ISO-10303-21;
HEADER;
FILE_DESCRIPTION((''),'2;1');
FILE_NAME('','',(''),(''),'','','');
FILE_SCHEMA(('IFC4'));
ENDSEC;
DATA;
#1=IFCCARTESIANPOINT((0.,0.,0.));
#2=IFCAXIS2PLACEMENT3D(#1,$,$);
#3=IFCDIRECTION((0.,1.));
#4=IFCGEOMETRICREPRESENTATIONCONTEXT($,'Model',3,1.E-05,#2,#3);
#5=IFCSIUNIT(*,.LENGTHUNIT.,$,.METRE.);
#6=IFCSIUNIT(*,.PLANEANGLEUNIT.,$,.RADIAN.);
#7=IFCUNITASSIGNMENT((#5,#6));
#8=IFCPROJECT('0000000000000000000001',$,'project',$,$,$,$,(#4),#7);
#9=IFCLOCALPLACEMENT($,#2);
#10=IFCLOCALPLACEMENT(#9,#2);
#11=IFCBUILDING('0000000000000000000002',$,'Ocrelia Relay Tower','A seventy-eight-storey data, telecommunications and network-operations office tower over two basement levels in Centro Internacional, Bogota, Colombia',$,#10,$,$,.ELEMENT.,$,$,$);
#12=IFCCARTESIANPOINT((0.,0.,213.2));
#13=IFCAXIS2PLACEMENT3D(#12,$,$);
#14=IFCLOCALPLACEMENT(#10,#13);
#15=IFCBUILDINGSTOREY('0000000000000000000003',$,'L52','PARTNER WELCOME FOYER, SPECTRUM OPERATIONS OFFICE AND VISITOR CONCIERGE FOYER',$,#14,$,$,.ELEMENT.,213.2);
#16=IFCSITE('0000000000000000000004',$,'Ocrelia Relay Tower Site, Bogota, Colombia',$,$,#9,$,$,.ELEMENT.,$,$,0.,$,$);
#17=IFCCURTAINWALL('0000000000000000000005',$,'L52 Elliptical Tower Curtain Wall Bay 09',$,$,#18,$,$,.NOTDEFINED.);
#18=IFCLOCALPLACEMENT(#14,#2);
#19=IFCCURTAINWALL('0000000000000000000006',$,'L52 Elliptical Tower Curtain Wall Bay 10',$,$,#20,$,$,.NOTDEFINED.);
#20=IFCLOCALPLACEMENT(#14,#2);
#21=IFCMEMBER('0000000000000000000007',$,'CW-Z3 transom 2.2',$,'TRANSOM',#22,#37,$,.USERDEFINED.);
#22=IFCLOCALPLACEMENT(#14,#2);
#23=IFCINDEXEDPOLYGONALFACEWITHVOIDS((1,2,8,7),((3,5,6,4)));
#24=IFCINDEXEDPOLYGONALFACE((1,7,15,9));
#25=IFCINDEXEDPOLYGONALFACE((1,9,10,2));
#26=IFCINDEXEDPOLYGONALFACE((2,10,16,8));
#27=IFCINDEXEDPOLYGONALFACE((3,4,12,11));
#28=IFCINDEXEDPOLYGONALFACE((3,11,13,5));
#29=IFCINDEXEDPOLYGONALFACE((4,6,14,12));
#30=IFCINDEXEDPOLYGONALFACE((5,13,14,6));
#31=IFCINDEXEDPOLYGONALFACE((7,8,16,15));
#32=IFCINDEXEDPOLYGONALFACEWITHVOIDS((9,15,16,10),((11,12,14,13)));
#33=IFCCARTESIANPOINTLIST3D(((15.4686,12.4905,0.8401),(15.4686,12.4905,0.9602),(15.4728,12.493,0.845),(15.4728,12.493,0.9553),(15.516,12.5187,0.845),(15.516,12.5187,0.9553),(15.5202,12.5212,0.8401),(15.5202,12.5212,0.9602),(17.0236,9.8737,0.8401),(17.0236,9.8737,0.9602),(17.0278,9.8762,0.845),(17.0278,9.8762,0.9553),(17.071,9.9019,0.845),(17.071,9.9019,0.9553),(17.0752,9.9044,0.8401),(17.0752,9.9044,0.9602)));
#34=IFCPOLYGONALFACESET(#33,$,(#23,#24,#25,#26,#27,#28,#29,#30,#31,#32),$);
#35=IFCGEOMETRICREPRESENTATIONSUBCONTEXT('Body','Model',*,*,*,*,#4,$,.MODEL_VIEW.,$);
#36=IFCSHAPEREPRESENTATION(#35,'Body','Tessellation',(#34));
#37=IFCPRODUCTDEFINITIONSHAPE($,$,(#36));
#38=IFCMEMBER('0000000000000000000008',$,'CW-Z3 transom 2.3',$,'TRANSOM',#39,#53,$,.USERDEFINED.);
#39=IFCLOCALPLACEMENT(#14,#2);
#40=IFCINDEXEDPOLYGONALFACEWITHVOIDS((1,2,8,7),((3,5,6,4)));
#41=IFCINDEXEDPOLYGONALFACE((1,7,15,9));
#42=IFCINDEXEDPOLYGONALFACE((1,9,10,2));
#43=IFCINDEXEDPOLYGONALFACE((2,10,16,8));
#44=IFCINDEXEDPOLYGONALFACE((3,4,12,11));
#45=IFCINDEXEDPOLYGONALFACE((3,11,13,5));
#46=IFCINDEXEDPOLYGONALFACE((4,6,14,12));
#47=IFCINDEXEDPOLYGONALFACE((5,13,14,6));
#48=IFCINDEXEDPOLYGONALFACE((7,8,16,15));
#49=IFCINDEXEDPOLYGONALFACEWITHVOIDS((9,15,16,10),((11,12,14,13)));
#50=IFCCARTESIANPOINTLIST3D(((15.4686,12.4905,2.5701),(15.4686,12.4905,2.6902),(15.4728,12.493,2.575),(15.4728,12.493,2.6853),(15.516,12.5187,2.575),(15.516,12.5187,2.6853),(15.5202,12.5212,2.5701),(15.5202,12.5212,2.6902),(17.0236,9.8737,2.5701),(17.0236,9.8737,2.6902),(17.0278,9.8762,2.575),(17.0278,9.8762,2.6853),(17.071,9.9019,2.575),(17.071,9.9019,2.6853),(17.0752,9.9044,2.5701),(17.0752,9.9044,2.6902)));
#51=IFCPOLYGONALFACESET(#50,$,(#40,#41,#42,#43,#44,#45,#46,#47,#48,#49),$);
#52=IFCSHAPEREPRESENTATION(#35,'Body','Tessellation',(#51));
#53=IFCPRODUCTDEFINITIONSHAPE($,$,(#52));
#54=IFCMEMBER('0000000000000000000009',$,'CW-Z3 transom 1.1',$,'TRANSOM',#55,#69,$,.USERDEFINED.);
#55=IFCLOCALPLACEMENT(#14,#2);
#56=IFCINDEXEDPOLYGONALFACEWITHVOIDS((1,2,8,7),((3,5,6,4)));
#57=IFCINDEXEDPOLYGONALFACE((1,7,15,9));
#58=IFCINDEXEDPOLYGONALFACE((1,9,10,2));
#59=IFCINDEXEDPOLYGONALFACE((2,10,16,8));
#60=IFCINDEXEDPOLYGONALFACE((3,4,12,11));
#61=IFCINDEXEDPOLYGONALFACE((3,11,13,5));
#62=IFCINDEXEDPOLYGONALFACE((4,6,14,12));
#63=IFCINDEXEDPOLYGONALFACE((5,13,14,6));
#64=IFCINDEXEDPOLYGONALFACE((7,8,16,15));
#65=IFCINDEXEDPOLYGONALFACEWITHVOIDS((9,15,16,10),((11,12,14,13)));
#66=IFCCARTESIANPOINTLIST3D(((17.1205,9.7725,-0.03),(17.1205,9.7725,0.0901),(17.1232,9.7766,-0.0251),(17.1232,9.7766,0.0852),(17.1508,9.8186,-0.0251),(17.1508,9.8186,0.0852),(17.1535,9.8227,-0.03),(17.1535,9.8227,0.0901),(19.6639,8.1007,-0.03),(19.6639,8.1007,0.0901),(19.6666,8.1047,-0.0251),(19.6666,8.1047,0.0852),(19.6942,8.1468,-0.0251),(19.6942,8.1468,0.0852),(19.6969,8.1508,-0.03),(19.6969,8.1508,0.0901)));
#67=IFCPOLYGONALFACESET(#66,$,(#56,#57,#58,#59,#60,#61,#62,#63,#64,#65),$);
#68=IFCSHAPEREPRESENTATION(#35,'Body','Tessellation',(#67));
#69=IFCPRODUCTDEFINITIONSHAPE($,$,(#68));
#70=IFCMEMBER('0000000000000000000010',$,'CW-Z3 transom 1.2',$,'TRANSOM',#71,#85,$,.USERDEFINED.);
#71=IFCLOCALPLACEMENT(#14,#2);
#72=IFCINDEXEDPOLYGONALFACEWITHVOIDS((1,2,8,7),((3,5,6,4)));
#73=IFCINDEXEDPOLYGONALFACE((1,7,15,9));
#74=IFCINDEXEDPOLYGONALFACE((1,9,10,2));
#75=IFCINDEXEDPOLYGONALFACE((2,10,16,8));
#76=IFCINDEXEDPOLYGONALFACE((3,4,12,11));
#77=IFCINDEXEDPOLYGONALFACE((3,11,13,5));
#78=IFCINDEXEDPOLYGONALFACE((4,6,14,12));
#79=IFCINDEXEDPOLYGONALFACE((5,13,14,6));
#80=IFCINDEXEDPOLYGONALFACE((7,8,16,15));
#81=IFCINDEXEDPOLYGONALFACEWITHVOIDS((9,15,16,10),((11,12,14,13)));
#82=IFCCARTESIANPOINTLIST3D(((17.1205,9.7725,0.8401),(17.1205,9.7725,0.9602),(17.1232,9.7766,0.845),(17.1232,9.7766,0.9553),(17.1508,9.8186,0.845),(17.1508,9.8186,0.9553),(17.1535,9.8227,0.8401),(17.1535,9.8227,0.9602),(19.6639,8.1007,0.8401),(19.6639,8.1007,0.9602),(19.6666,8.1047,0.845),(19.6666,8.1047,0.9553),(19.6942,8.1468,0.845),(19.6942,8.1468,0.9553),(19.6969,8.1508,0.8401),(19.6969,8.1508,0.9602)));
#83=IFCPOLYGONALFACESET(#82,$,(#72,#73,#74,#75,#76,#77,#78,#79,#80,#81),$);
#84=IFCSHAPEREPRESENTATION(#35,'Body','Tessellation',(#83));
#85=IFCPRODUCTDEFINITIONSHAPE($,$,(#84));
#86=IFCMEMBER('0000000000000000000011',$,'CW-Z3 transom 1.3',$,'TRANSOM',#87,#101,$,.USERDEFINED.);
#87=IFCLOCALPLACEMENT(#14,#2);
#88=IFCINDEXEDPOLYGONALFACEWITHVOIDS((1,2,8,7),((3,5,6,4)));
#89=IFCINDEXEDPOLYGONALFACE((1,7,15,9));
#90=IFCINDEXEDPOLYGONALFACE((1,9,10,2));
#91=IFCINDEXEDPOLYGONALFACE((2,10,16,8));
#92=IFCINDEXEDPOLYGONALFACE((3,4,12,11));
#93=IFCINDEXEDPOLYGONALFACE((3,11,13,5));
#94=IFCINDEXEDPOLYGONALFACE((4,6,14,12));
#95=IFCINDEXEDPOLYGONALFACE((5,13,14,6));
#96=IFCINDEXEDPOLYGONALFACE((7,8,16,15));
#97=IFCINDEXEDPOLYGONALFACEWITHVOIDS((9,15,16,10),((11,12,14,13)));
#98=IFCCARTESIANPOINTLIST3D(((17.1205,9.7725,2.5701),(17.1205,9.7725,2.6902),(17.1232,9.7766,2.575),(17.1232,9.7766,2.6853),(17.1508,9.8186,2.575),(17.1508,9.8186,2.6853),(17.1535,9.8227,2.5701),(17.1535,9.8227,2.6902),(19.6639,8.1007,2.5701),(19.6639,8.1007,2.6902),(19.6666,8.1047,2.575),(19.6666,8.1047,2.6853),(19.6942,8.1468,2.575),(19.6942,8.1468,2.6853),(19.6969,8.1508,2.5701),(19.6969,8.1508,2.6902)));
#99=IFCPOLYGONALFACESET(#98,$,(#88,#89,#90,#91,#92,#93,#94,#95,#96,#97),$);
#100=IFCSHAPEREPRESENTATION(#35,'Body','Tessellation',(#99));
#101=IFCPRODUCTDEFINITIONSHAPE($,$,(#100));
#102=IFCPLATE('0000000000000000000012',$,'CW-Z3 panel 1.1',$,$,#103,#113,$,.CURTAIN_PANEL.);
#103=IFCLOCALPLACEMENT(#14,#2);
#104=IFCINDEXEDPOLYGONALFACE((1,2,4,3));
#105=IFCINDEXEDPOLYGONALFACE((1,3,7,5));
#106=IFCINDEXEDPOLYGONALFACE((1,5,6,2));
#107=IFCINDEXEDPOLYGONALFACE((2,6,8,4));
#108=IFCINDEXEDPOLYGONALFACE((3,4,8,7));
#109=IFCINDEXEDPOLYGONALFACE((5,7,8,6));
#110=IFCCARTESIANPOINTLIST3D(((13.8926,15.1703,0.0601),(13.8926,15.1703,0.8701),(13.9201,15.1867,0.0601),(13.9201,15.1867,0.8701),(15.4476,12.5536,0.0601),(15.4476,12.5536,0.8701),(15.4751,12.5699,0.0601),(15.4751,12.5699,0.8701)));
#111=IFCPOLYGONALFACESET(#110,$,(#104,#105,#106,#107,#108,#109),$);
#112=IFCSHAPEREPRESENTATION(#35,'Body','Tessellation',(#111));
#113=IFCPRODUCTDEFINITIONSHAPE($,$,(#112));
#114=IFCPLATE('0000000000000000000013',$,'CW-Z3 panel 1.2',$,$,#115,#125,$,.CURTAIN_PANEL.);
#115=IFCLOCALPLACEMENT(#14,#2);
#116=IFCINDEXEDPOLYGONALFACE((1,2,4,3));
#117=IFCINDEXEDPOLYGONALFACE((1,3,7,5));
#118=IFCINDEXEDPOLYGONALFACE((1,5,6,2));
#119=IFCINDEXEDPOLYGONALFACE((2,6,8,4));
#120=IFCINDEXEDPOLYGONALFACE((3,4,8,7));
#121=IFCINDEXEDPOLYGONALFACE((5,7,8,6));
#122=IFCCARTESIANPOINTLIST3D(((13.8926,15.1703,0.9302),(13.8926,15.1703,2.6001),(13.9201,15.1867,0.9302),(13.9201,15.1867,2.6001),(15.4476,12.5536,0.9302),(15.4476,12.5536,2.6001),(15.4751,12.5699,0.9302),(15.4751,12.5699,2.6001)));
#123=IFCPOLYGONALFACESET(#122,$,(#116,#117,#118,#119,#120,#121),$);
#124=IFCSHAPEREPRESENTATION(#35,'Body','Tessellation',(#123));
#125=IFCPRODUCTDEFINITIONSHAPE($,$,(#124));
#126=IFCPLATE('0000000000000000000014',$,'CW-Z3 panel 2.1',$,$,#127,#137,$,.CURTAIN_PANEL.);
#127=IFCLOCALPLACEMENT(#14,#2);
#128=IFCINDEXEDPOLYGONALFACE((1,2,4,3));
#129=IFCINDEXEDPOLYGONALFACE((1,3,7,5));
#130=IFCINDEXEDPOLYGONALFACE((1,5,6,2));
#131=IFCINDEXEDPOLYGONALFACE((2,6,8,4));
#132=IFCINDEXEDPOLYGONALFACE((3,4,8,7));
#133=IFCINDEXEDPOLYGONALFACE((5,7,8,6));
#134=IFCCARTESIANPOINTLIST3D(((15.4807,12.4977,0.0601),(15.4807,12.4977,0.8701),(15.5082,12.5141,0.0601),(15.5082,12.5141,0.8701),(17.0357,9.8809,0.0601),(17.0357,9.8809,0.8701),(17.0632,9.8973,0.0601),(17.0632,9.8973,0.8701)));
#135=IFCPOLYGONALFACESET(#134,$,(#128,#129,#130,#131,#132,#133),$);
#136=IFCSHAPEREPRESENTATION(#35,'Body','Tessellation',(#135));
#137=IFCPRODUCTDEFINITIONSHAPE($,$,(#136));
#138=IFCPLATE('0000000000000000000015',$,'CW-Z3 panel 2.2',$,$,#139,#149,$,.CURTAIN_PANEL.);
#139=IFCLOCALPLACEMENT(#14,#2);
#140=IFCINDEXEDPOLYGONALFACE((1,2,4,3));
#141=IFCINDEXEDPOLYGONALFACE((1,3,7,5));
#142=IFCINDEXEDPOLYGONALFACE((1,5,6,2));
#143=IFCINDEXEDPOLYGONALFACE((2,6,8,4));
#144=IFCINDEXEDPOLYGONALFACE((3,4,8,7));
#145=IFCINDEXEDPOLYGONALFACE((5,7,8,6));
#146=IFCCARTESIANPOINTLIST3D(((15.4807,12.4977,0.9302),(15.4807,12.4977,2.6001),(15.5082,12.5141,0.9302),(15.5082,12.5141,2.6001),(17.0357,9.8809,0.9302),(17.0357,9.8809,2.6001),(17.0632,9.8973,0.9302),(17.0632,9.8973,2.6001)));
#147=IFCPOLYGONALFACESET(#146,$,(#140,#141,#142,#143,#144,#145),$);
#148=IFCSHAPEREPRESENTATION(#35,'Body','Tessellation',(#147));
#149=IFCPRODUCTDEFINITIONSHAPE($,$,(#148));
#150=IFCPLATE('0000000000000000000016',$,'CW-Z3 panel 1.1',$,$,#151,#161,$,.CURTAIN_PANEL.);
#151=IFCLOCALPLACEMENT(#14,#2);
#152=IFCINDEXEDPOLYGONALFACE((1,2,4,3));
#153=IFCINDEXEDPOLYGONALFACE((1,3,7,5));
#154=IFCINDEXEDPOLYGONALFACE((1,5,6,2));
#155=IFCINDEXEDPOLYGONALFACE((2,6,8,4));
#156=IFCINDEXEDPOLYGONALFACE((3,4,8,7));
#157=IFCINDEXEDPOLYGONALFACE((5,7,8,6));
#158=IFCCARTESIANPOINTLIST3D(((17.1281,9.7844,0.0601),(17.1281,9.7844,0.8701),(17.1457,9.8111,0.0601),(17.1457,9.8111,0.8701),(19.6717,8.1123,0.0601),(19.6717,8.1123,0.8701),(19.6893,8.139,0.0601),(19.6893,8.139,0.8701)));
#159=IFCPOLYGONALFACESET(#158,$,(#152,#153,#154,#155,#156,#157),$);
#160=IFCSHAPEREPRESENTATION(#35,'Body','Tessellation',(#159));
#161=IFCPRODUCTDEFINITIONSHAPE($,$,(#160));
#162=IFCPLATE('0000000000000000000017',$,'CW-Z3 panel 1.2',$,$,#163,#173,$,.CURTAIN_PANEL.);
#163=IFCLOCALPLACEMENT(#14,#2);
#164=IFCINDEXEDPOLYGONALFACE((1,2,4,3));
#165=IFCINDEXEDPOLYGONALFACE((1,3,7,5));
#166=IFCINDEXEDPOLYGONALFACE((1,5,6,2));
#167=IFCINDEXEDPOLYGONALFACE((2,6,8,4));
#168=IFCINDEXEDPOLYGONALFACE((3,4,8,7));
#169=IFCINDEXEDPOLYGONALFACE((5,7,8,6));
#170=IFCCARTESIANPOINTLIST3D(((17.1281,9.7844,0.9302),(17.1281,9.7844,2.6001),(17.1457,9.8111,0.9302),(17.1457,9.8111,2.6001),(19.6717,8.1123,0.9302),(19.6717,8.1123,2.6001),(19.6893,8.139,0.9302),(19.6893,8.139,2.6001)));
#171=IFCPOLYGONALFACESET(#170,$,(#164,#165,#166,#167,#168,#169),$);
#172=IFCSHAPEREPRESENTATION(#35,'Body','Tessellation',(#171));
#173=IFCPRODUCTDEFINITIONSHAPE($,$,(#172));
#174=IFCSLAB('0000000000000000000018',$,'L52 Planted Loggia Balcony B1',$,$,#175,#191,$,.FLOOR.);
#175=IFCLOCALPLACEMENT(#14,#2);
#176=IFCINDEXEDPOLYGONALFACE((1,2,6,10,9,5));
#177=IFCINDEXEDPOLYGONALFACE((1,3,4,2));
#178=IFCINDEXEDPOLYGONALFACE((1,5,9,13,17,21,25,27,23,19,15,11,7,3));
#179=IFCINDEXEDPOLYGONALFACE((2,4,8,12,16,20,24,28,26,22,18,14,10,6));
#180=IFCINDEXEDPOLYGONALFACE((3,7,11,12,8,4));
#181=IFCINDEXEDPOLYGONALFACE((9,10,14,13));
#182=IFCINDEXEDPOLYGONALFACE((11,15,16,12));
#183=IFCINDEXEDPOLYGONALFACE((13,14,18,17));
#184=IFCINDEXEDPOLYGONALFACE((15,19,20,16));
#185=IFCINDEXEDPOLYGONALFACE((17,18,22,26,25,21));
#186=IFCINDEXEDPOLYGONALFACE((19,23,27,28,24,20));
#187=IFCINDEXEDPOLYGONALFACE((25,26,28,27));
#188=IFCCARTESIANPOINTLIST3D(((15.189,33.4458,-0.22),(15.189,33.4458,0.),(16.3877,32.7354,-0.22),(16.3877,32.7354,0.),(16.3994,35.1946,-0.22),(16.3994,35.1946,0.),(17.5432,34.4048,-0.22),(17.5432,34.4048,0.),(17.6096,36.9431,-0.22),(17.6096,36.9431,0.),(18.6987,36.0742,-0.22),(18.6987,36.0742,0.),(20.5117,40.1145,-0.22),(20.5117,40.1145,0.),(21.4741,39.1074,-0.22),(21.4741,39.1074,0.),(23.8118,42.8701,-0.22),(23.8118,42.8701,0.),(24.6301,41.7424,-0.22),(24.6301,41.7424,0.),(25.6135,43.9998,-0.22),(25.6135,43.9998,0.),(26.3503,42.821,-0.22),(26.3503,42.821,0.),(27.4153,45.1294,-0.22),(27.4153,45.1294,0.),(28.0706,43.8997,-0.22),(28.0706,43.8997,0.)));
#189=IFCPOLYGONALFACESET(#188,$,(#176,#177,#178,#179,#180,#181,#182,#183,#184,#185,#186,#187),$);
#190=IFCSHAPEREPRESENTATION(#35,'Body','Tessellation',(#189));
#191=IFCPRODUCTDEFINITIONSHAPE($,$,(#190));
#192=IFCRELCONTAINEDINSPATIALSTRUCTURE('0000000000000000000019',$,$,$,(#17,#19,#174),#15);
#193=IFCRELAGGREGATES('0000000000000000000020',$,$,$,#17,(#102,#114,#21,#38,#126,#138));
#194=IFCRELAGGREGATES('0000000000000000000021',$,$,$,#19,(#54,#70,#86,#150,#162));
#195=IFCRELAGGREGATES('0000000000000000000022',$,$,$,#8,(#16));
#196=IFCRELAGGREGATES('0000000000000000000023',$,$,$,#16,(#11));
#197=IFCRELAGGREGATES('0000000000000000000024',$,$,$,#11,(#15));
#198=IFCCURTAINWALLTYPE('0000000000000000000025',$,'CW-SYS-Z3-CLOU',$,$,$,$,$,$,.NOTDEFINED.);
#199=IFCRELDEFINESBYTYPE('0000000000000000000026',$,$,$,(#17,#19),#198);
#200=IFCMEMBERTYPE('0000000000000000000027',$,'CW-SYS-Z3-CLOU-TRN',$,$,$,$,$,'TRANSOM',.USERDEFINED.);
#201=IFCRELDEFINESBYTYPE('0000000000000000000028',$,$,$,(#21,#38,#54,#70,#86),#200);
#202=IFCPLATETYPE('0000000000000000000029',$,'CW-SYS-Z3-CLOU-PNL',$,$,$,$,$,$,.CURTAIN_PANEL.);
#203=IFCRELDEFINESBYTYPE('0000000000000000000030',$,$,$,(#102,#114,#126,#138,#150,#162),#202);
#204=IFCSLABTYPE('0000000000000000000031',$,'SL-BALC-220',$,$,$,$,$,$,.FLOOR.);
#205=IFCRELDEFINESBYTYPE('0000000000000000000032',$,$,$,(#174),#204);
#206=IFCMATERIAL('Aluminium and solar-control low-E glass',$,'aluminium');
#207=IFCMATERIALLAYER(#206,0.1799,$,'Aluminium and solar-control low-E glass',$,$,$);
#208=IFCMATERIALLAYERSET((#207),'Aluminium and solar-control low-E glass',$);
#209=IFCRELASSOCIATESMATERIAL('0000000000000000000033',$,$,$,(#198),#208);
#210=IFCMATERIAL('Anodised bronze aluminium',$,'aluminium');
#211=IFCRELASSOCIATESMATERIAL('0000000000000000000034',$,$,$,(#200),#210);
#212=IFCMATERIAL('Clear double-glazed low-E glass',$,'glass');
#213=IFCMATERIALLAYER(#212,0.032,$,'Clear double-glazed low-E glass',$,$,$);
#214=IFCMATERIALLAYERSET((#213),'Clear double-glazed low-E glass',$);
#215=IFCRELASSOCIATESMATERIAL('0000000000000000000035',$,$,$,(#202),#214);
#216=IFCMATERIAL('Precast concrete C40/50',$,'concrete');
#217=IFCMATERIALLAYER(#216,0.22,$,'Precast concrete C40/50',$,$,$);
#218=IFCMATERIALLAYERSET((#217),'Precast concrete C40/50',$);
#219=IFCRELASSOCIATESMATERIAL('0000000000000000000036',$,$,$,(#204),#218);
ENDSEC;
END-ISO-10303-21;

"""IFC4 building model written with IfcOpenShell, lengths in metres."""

from ifc_helpers import new_model, si_unit, direction, frame, origin, origin_2d, place, context, subcontext, project, spatial, polyline, rectangle, hollow_rectangle, outline, extrude, material, layer, layer_set, material_profile, profile_set, type_object, element, aggregate, save


model = new_model("IFC4")

# Units and contexts
model_context = context("Model", 3, precision=1e-05, world=origin(), true_north=direction((0.0, 1.0)))
body_context = subcontext(model_context, "Body", "Model", "MODEL_VIEW")
ifc_project = project(units=[si_unit("LENGTHUNIT", "METRE"), si_unit("PLANEANGLEUNIT", "RADIAN")], contexts=[model_context])

# Site, building, storey
site_placement = place(None, origin())
site = spatial("IfcSite", under=ifc_project, at=site_placement, Name="Ocrelia Relay Tower Site, Bogota, Colombia", CompositionType="ELEMENT", RefElevation=0.0)
building_placement = place(site_placement, origin())
building = spatial("IfcBuilding", under=site, at=building_placement, Name="Ocrelia Relay Tower", Description="A seventy-eight-storey data, telecommunications and network-operations office tower over two basement levels in Centro Internacional, Bogota, Colombia", CompositionType="ELEMENT")
storey_placement = place(building_placement, frame((0.0, 0.0, 213.2)))
storey = spatial("IfcBuildingStorey", under=building, at=storey_placement, Name="L52", Description="PARTNER WELCOME FOYER, SPECTRUM OPERATIONS OFFICE AND VISITOR CONCIERGE FOYER", CompositionType="ELEMENT", Elevation=213.2)

# Curtain wall
ifc_material_1 = material(Name="Aluminium and solar-control low-E glass", Category="aluminium")
ifc_layer_1 = layer(ifc_material_1, 0.1799, Name="Aluminium and solar-control low-E glass")
ifc_layer_set_1 = layer_set([ifc_layer_1], Name="Aluminium and solar-control low-E glass")
curtain_wall_type = type_object("IfcCurtainWallType", Name="CW-SYS-Z3-CLOU", PredefinedType="NOTDEFINED", material=ifc_layer_set_1)
curtain_wall_1_placement = place(storey_placement, origin())
curtain_wall_1 = element("IfcCurtainWall", 1, at=curtain_wall_1_placement, inside=storey, type_object=curtain_wall_type, Name="L52 Elliptical Tower Curtain Wall Bay 09", PredefinedType="NOTDEFINED")
ifc_material_2 = material(Name="Anodised bronze aluminium", Category="aluminium")

# Curtain wall
curtain_wall_2_placement = place(storey_placement, origin())
curtain_wall_2 = element("IfcCurtainWall", 2, at=curtain_wall_2_placement, inside=storey, type_object=curtain_wall_type, Name="L52 Elliptical Tower Curtain Wall Bay 10", PredefinedType="NOTDEFINED")

# Members
ifc_material_profile_1 = material_profile(ifc_material_2, hollow_rectangle(XDim=0.0601, YDim=0.1201, WallThickness=0.0049, at=origin_2d()), Name="CW-TRN-120x60")
ifc_profile_set_1 = profile_set([ifc_material_profile_1], Name="Anodised bronze aluminium")
member_type_1 = type_object("IfcMemberType", Name="CW-SYS-Z3-CLOU-TRN", ElementType="TRANSOM", PredefinedType="USERDEFINED", material=ifc_profile_set_1)
member_1_placement = place(storey_placement, frame((15.4944, 12.5059, 0.9001), z_axis=(0.510846, -0.859672, 0.0), x_axis=(0.859672, 0.510846, 0.0)))
member_1 = element("IfcMember", 3, at=member_1_placement, type_object=member_type_1, Name="CW-Z3 transom 2.2", ObjectType="TRANSOM", PredefinedType="USERDEFINED", context=body_context, shape_type="SweptSolid", body=[
    extrude(hollow_rectangle(XDim=0.0601, YDim=0.1201, WallThickness=0.0049, at=origin_2d()), origin(), (0.0, 0.0, 1.0), 3.0439),
])
member_2_placement = place(storey_placement, frame((15.4944, 12.5059, 2.6301), z_axis=(0.510846, -0.859672, 0.0), x_axis=(0.859672, 0.510846, 0.0)))
member_2 = element("IfcMember", 4, at=member_2_placement, type_object=member_type_1, Name="CW-Z3 transom 2.3", ObjectType="TRANSOM", PredefinedType="USERDEFINED", context=body_context, shape_type="SweptSolid", body=[
    extrude(hollow_rectangle(XDim=0.0601, YDim=0.1201, WallThickness=0.0049, at=origin_2d()), origin(), (0.0, 0.0, 1.0), 3.0439),
])
member_3_placement = place(storey_placement, frame((17.137, 9.7976, 0.03), z_axis=(0.835636, -0.549284, 0.0), x_axis=(0.549284, 0.835636, 0.0)))
member_3 = element("IfcMember", 5, at=member_3_placement, type_object=member_type_1, Name="CW-Z3 transom 1.1", ObjectType="TRANSOM", PredefinedType="USERDEFINED", context=body_context, shape_type="SweptSolid", body=[
    extrude(hollow_rectangle(XDim=0.0601, YDim=0.1201, WallThickness=0.0049, at=origin_2d()), origin(), (0.0, 0.0, 1.0), 3.0437),
])
member_4_placement = place(storey_placement, frame((17.137, 9.7976, 0.9001), z_axis=(0.835636, -0.549284, 0.0), x_axis=(0.549284, 0.835636, 0.0)))
member_4 = element("IfcMember", 6, at=member_4_placement, type_object=member_type_1, Name="CW-Z3 transom 1.2", ObjectType="TRANSOM", PredefinedType="USERDEFINED", context=body_context, shape_type="SweptSolid", body=[
    extrude(hollow_rectangle(XDim=0.0601, YDim=0.1201, WallThickness=0.0049, at=origin_2d()), origin(), (0.0, 0.0, 1.0), 3.0437),
])
member_5_placement = place(storey_placement, frame((17.137, 9.7976, 2.6301), z_axis=(0.835636, -0.549284, 0.0), x_axis=(0.549284, 0.835636, 0.0)))
member_5 = element("IfcMember", 7, at=member_5_placement, type_object=member_type_1, Name="CW-Z3 transom 1.3", ObjectType="TRANSOM", PredefinedType="USERDEFINED", context=body_context, shape_type="SweptSolid", body=[
    extrude(hollow_rectangle(XDim=0.0601, YDim=0.1201, WallThickness=0.0049, at=origin_2d()), origin(), (0.0, 0.0, 1.0), 3.0437),
])

# Plates
ifc_material_3 = material(Name="Clear double-glazed low-E glass", Category="glass")
ifc_layer_2 = layer(ifc_material_3, 0.032, Name="Clear double-glazed low-E glass")
ifc_layer_set_2 = layer_set([ifc_layer_2], Name="Clear double-glazed low-E glass")
plate_type = type_object("IfcPlateType", Name="CW-SYS-Z3-CLOU-PNL", PredefinedType="CURTAIN_PANEL", material=ifc_layer_set_2)
plate_1_placement = place(storey_placement, frame((14.6838, 13.8701, 0.0601), z_axis=(0.0, 0.0, 1.0), x_axis=(0.510851, -0.859669, 0.0)))
plate_1 = element("IfcPlate", 8, at=plate_1_placement, type_object=plate_type, Name="CW-Z3 panel 1.1", PredefinedType="CURTAIN_PANEL", context=body_context, shape_type="SweptSolid", body=[
    extrude(rectangle(XDim=3.0439, YDim=0.032, at=origin_2d()), origin(), (0.0, 0.0, 1.0), 0.8101),
])
plate_2_placement = place(storey_placement, frame((14.6838, 13.8701, 0.9302), z_axis=(0.0, 0.0, 1.0), x_axis=(0.510851, -0.859669, 0.0)))
plate_2 = element("IfcPlate", 9, at=plate_2_placement, type_object=plate_type, Name="CW-Z3 panel 1.2", PredefinedType="CURTAIN_PANEL", context=body_context, shape_type="SweptSolid", body=[
    extrude(rectangle(XDim=3.0439, YDim=0.032, at=origin_2d()), origin(), (0.0, 0.0, 1.0), 1.6699),
])
plate_3_placement = place(storey_placement, frame((16.272, 11.1975, 0.0601), z_axis=(0.0, 0.0, 1.0), x_axis=(0.510851, -0.859669, 0.0)))
plate_3 = element("IfcPlate", 10, at=plate_3_placement, type_object=plate_type, Name="CW-Z3 panel 2.1", PredefinedType="CURTAIN_PANEL", context=body_context, shape_type="SweptSolid", body=[
    extrude(rectangle(XDim=3.0439, YDim=0.032, at=origin_2d()), origin(), (0.0, 0.0, 1.0), 0.8101),
])
plate_4_placement = place(storey_placement, frame((16.272, 11.1975, 0.9302), z_axis=(0.0, 0.0, 1.0), x_axis=(0.510851, -0.859669, 0.0)))
plate_4 = element("IfcPlate", 11, at=plate_4_placement, type_object=plate_type, Name="CW-Z3 panel 2.2", PredefinedType="CURTAIN_PANEL", context=body_context, shape_type="SweptSolid", body=[
    extrude(rectangle(XDim=3.0439, YDim=0.032, at=origin_2d()), origin(), (0.0, 0.0, 1.0), 1.6699),
])
aggregate(curtain_wall_1, [plate_1, plate_2, member_1, member_2, plate_3, plate_4])
plate_5_placement = place(storey_placement, frame((18.4087, 8.9617, 0.0601), z_axis=(0.0, 0.0, 1.0), x_axis=(0.835613, -0.549319, 0.0)))
plate_5 = element("IfcPlate", 12, at=plate_5_placement, type_object=plate_type, Name="CW-Z3 panel 1.1", PredefinedType="CURTAIN_PANEL", context=body_context, shape_type="SweptSolid", body=[
    extrude(rectangle(XDim=3.0439, YDim=0.032, at=origin_2d()), origin(), (0.0, 0.0, 1.0), 0.8101),
])
plate_6_placement = place(storey_placement, frame((18.4087, 8.9617, 0.9302), z_axis=(0.0, 0.0, 1.0), x_axis=(0.835613, -0.549319, 0.0)))
plate_6 = element("IfcPlate", 13, at=plate_6_placement, type_object=plate_type, Name="CW-Z3 panel 1.2", PredefinedType="CURTAIN_PANEL", context=body_context, shape_type="SweptSolid", body=[
    extrude(rectangle(XDim=3.0439, YDim=0.032, at=origin_2d()), origin(), (0.0, 0.0, 1.0), 1.6699),
])
aggregate(curtain_wall_2, [member_3, member_4, member_5, plate_5, plate_6])

# Slab
ifc_material_4 = material(Name="Precast concrete C40/50", Category="concrete")
ifc_layer_3 = layer(ifc_material_4, 0.22, Name="Precast concrete C40/50")
ifc_layer_set_3 = layer_set([ifc_layer_3], Name="Precast concrete C40/50")
slab_type_1 = type_object("IfcSlabType", Name="SL-BALC-220", PredefinedType="FLOOR", material=ifc_layer_set_3)
slab_1_placement = place(storey_placement, frame((0.0, 0.0, -0.22)))
element("IfcSlab", 14, at=slab_1_placement, inside=storey, type_object=slab_type_1, Name="L52 Planted Loggia Balcony B1", PredefinedType="FLOOR", context=body_context, shape_type="SweptSolid", body=[
    extrude(outline(polyline([(28.0706, 43.8997), (26.3503, 42.821), (24.6301, 41.7424), (21.4741, 39.1074), (18.6987, 36.0742), (17.5432, 34.4048), (16.3877, 32.7354), (15.189, 33.4458), (16.3994, 35.1946), (17.6096, 36.9431), (20.5117, 40.1145), (23.8118, 42.8701), (25.6135, 43.9998), (27.4153, 45.1294), (28.0706, 43.8997)])), origin(), (0.0, 0.0, 1.0), 0.22),
])

save(model, "model.ifc")
